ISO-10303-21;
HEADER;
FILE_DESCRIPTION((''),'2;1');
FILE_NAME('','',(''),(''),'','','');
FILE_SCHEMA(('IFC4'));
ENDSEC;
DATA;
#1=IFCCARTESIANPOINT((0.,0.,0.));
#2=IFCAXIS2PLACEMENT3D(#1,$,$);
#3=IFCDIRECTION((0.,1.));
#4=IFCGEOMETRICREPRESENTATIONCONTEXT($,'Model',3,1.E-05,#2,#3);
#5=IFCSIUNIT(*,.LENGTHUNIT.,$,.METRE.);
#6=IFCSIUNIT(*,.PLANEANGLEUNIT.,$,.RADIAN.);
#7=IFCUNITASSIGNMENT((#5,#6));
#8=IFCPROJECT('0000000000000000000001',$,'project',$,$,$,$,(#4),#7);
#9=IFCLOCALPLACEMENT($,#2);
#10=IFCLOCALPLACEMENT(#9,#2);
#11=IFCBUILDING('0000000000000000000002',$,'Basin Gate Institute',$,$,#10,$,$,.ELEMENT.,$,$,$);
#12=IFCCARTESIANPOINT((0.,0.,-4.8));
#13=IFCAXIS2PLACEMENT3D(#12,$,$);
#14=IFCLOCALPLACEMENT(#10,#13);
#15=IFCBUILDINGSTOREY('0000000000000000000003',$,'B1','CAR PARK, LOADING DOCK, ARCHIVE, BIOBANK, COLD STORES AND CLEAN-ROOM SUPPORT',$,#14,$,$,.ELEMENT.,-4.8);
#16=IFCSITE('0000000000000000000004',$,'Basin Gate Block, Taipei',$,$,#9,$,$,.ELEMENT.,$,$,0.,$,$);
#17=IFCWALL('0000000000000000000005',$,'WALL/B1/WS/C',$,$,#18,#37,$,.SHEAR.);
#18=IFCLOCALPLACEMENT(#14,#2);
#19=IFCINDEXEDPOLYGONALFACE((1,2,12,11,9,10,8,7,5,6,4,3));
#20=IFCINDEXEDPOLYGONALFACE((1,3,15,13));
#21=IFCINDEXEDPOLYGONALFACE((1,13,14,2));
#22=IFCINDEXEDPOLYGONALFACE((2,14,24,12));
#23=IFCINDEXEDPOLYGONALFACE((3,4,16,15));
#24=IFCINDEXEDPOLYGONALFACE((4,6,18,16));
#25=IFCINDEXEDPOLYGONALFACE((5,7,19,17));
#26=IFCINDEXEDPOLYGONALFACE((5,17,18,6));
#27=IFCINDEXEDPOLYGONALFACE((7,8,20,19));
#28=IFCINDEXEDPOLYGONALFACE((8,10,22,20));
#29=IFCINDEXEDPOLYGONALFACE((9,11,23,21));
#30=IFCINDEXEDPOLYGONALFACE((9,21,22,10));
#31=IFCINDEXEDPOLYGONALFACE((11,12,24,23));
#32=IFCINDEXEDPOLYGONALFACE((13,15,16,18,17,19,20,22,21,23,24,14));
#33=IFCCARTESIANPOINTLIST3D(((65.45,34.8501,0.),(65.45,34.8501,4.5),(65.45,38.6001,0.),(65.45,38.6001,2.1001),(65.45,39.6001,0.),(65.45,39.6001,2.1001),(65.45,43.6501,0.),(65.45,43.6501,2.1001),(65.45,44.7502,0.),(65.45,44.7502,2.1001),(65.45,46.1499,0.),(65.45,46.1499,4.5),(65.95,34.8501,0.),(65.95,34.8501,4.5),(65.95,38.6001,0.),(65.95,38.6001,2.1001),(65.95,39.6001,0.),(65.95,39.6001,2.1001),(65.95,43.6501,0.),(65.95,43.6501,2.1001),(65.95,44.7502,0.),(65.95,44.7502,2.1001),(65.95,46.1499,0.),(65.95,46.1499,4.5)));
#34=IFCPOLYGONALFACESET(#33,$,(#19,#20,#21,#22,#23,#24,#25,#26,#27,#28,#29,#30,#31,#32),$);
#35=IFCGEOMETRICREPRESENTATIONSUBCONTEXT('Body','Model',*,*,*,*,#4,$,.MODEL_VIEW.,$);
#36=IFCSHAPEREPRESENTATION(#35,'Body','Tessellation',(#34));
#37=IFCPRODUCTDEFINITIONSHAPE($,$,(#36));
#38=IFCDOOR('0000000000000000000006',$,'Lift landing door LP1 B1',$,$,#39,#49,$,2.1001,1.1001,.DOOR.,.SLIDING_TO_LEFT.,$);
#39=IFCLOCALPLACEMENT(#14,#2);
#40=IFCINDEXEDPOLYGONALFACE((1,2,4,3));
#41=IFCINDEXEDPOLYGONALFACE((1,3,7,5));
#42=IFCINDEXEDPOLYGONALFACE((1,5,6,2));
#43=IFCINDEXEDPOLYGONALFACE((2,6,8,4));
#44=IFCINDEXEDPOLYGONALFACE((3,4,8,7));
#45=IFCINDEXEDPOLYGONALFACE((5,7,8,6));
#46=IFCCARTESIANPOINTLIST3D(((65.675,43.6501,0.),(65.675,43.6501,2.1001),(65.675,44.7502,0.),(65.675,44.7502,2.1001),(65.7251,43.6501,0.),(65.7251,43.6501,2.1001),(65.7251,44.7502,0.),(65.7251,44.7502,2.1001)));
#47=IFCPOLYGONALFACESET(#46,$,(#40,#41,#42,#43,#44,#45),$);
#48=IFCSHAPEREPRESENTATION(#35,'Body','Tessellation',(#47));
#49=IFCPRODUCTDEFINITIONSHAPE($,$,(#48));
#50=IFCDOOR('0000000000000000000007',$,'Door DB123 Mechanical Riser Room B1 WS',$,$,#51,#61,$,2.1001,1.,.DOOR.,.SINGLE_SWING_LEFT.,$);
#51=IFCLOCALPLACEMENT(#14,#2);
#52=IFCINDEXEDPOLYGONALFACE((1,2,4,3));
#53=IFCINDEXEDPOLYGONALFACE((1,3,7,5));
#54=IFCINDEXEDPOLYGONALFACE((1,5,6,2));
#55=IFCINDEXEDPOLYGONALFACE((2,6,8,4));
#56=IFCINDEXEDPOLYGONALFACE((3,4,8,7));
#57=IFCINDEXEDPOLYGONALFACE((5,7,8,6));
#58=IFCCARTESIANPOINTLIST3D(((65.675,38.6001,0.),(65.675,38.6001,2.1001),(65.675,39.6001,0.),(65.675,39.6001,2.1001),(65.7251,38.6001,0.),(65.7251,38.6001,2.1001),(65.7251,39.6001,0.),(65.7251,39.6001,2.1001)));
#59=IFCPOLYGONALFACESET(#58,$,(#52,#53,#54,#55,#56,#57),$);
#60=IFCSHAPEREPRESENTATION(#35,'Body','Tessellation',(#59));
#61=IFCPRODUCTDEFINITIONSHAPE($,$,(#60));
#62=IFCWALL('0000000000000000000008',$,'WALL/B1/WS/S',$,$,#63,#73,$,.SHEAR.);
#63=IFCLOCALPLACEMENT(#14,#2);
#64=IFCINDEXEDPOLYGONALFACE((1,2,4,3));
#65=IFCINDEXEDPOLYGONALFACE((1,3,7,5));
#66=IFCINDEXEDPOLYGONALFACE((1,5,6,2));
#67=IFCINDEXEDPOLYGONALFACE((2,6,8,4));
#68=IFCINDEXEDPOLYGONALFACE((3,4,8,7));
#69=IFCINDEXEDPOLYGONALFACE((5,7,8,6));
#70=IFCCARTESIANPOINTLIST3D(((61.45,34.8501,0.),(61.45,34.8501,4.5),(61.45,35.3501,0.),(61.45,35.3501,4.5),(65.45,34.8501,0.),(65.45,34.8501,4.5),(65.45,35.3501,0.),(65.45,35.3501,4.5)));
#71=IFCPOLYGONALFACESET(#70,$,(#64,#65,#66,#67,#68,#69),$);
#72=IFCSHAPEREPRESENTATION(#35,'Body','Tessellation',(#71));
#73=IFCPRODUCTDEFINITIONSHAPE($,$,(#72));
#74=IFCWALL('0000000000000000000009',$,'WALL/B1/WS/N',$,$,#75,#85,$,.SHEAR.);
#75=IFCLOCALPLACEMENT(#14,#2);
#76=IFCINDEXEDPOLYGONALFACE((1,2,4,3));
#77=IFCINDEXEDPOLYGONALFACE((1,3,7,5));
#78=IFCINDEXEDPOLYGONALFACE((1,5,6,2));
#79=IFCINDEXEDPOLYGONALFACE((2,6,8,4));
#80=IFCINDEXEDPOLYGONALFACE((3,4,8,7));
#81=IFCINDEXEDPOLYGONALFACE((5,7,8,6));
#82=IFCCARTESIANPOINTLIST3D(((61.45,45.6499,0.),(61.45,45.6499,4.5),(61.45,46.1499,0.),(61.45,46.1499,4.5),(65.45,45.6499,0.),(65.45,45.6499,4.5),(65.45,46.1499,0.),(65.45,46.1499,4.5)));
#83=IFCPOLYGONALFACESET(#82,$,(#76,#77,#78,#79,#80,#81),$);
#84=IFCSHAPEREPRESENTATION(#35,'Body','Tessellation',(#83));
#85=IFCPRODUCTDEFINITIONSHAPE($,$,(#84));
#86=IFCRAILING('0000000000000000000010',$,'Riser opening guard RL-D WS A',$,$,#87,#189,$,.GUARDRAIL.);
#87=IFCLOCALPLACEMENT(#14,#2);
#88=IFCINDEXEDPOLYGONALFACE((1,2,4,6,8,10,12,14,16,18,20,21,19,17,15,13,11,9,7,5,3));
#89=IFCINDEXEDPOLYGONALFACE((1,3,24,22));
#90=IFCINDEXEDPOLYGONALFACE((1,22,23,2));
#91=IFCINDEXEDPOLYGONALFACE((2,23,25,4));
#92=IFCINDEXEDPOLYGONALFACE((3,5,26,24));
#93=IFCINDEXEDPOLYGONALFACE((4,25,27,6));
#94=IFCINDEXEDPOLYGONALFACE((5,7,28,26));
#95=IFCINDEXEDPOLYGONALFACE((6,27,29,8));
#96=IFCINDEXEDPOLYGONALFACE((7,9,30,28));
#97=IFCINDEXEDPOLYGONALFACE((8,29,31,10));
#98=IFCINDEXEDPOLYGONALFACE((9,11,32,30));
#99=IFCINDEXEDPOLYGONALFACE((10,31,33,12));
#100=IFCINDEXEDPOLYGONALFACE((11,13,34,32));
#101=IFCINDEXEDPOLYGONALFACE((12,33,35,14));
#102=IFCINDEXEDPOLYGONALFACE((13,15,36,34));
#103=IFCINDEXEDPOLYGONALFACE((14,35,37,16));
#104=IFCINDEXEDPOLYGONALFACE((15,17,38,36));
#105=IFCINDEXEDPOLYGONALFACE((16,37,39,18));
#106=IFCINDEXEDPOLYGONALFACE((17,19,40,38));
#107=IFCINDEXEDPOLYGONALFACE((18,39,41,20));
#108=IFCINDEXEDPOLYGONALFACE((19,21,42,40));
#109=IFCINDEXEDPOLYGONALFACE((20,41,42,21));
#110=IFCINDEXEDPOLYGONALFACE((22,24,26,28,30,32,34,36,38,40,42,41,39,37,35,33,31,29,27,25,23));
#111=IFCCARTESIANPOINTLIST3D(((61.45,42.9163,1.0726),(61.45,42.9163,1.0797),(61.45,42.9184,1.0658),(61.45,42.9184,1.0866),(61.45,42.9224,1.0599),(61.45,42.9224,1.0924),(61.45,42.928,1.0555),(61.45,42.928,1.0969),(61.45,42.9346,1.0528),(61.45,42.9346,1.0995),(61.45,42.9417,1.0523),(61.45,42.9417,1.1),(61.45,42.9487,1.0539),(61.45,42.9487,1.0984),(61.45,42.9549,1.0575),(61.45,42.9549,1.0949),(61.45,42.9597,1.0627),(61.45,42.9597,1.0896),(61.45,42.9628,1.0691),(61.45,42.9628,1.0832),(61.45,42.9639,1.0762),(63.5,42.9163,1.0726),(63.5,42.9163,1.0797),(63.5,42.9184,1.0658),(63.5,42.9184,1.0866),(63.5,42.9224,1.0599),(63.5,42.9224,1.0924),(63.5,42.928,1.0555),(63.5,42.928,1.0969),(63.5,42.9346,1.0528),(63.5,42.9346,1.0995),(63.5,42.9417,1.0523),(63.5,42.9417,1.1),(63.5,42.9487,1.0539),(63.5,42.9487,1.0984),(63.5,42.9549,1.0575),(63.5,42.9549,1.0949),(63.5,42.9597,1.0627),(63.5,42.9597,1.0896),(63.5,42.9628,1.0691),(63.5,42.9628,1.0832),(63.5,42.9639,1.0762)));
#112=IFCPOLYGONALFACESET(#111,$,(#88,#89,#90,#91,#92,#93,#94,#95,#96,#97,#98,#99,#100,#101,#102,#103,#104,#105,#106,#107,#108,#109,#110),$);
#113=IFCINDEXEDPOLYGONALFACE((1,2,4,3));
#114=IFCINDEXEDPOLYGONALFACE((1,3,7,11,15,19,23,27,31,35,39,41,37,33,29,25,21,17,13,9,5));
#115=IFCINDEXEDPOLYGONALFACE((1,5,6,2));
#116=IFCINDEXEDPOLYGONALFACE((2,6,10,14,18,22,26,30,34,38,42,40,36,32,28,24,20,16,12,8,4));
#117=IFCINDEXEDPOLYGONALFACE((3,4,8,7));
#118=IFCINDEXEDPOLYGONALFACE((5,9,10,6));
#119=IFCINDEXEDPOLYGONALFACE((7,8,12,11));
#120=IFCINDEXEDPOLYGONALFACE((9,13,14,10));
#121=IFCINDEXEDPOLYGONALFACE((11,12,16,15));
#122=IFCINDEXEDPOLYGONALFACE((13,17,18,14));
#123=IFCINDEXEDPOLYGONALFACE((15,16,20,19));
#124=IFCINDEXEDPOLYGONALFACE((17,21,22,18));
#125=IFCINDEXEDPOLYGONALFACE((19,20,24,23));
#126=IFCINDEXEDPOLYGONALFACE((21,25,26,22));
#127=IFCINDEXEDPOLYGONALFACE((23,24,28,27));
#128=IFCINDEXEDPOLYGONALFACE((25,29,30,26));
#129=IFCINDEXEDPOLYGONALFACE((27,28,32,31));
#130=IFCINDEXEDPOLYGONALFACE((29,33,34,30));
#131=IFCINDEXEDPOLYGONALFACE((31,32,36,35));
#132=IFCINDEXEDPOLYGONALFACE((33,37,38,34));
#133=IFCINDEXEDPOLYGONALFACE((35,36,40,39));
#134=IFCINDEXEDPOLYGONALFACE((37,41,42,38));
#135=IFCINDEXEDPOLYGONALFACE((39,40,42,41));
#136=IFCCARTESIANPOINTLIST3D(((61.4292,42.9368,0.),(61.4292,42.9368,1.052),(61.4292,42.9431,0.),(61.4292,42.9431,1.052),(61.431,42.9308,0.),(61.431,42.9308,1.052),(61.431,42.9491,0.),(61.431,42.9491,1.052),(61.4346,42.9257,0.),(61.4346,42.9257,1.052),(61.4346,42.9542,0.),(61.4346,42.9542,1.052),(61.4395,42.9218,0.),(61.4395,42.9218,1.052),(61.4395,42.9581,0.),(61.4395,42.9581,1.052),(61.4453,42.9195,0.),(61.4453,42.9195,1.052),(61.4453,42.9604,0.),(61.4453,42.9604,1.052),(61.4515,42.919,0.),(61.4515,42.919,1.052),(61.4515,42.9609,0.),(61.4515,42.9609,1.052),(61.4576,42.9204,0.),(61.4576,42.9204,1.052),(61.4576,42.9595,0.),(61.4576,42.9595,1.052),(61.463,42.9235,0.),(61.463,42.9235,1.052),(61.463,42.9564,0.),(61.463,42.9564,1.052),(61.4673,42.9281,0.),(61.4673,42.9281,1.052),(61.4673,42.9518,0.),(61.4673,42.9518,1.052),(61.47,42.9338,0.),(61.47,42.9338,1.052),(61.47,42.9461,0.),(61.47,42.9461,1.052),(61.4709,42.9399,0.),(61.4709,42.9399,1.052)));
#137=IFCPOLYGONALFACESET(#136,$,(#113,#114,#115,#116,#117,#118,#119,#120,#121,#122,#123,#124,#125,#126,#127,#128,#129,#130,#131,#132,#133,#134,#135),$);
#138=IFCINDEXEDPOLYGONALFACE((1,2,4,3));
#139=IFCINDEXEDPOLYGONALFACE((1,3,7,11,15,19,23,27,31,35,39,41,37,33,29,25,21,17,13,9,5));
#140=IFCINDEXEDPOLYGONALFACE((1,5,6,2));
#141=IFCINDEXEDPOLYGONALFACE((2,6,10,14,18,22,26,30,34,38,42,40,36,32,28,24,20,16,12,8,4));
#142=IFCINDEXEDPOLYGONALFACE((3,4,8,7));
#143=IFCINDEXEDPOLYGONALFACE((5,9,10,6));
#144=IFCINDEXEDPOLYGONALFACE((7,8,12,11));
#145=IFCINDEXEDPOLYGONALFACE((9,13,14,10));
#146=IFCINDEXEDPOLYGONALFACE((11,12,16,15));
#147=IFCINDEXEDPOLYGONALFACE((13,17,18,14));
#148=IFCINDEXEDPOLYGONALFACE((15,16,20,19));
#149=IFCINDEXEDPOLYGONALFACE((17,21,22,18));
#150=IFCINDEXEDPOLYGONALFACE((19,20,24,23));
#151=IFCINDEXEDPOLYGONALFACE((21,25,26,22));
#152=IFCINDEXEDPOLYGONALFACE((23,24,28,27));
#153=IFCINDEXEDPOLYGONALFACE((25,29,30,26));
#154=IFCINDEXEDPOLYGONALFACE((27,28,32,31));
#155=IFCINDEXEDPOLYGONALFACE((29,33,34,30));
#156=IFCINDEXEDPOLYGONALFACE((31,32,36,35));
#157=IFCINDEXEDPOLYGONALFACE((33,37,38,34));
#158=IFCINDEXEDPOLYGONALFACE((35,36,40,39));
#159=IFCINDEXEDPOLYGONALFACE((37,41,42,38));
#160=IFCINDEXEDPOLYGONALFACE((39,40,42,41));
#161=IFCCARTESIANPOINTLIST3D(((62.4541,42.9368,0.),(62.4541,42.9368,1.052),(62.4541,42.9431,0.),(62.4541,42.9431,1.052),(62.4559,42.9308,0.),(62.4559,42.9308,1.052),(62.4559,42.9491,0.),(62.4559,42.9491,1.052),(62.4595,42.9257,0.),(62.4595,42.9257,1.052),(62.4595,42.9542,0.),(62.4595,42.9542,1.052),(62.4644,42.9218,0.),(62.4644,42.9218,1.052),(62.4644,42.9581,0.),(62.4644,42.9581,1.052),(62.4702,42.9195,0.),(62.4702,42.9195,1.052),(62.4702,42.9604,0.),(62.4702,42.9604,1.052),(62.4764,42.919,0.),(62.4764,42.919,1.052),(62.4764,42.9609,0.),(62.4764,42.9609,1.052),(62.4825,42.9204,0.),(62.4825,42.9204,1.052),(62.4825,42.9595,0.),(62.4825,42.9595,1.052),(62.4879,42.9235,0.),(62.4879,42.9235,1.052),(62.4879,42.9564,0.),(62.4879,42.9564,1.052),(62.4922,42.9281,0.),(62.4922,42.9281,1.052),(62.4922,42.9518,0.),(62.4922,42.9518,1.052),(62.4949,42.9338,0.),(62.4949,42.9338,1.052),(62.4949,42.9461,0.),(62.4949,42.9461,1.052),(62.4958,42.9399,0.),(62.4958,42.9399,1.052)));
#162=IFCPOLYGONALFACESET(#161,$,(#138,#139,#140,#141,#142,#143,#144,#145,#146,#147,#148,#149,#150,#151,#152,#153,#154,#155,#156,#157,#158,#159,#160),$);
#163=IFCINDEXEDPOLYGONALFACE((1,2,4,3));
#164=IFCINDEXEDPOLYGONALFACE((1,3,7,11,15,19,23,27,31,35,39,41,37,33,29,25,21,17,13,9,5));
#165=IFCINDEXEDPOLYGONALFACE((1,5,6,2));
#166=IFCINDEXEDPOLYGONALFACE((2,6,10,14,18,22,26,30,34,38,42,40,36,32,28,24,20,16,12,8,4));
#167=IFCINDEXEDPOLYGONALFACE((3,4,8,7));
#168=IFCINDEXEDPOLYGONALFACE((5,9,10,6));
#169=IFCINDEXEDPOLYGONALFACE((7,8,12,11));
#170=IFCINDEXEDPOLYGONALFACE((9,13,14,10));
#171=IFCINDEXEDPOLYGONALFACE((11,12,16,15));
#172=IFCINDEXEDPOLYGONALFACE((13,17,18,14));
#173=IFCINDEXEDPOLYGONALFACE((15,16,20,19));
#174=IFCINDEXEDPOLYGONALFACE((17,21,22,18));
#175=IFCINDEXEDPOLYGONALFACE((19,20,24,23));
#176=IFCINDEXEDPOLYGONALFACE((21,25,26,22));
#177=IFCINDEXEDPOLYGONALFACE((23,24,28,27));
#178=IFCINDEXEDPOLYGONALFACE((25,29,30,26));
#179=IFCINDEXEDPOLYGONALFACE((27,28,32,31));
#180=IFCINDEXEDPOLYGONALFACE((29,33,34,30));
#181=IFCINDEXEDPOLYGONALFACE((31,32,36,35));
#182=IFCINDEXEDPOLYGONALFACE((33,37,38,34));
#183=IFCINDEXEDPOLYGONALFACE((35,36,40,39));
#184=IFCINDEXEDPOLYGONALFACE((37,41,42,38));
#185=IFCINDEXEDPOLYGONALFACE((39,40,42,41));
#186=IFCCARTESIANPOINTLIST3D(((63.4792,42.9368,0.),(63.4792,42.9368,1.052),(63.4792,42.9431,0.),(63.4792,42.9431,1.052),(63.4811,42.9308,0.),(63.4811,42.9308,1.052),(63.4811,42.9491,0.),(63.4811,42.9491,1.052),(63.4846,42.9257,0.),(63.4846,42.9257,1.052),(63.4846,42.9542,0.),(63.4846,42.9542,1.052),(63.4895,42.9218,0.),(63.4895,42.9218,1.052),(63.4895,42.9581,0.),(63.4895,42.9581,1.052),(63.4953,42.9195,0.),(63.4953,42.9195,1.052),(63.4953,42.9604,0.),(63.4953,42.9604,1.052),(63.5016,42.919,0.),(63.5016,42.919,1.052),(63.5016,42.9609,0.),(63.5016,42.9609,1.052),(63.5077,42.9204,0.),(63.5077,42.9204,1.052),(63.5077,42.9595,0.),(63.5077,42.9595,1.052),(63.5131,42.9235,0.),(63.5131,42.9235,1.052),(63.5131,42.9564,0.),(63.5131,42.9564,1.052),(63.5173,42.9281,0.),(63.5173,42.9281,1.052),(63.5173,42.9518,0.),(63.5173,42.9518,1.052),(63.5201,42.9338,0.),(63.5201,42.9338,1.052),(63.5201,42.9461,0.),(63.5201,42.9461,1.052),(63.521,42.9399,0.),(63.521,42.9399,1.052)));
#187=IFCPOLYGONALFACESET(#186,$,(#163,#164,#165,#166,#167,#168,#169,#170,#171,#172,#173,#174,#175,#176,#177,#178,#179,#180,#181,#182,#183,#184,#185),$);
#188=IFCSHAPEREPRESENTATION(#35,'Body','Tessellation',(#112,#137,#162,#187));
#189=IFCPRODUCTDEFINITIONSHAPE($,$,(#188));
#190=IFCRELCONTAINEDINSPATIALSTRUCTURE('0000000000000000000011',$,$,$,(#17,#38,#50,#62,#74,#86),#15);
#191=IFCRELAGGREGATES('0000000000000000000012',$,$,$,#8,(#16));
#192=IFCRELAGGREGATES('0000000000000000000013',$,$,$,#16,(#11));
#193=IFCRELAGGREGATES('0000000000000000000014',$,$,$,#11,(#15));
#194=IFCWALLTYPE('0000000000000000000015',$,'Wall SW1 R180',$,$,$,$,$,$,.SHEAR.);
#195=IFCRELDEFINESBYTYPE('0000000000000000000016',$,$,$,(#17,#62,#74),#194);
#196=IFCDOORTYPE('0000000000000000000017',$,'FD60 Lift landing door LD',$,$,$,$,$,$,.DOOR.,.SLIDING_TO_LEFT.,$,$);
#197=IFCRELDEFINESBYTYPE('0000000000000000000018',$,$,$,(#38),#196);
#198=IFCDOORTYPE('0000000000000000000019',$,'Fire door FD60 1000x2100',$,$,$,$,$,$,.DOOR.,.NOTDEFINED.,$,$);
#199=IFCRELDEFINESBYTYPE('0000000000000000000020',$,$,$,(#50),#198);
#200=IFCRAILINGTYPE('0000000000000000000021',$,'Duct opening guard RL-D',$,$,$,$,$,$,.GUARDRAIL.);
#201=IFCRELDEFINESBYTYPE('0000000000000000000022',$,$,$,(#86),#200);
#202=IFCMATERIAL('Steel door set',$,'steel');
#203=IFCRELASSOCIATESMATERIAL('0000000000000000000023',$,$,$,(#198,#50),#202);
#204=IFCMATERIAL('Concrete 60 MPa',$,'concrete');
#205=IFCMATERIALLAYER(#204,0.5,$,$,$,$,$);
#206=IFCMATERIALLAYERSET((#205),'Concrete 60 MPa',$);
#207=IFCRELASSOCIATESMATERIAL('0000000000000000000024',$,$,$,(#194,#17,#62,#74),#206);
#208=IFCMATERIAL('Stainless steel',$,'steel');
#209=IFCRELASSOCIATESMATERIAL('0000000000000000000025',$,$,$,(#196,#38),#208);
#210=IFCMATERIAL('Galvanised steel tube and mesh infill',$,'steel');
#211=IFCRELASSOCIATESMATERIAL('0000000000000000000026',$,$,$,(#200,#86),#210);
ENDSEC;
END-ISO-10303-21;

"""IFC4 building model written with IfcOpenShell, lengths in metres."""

from ifc_helpers import new_model, si_unit, direction, frame, frame_2d, origin, origin_2d, place, context, subcontext, project, spatial, rectangle, circle, extrude, material, layer, layer_set, type_object, element, fill, save


model = new_model("IFC4")

# Units and contexts
model_context = context("Model", 3, precision=1e-05, world=origin(), true_north=direction((0.0, 1.0)))
body_context = subcontext(model_context, "Body", "Model", "MODEL_VIEW")
ifc_project = project(units=[si_unit("LENGTHUNIT", "METRE"), si_unit("PLANEANGLEUNIT", "RADIAN")], contexts=[model_context])

# Site, building, storey
site_placement = place(None, origin())
site = spatial("IfcSite", under=ifc_project, at=site_placement, Name="Basin Gate Block, Taipei", CompositionType="ELEMENT", RefElevation=0.0)
building_placement = place(site_placement, origin())
building = spatial("IfcBuilding", under=site, at=building_placement, Name="Basin Gate Institute", CompositionType="ELEMENT")
storey_placement = place(building_placement, frame((0.0, 0.0, -4.8)))
storey = spatial("IfcBuildingStorey", under=building, at=storey_placement, Name="B1", Description="CAR PARK, LOADING DOCK, ARCHIVE, BIOBANK, COLD STORES AND CLEAN-ROOM SUPPORT", CompositionType="ELEMENT", Elevation=-4.8)

# Shared definitions
ifc_material_1 = material(Name="Steel door set", Category="steel")
door_type_1 = type_object("IfcDoorType", Name="Fire door FD60 1000x2100", OperationType="NOTDEFINED", PredefinedType="DOOR", material=ifc_material_1)

# Shared definitions
ifc_material_2 = material(Name="Concrete 60 MPa", Category="concrete")
ifc_layer_1 = layer(ifc_material_2, 0.5)
ifc_layer_set_1 = layer_set([ifc_layer_1], Name="Concrete 60 MPa")
wall_type_1 = type_object("IfcWallType", Name="Wall SW1 R180", PredefinedType="SHEAR", material=ifc_layer_set_1)

# Wall, openings, doors
wall_1_placement = place(storey_placement, frame((65.7, 34.8501, 0.0), z_axis=(0.0, 0.0, 1.0), x_axis=(0.0, 1.0, 0.0)))
wall_1 = element("IfcWall", 1, at=wall_1_placement, inside=storey, type_object=wall_type_1, material=ifc_layer_set_1, Name="WALL/B1/WS/C", PredefinedType="SHEAR", context=body_context, shape_type="SweptSolid", body=[
    extrude(rectangle(XDim=11.2998, YDim=0.5, at=frame_2d((5.6499, 0.0))), origin(), (0.0, 0.0, 1.0), 4.5),
])
opening_1_placement = place(wall_1_placement, frame((8.8, 0.0, 0.0)))
opening_1 = element("IfcOpeningElement", 2, at=opening_1_placement, cuts=wall_1, PredefinedType="OPENING", context=body_context, shape_type="SweptSolid", body=[
    extrude(rectangle(XDim=1.1001, YDim=2.1001, at=frame_2d((0.55, 1.05))), frame((0.0, 0.26, 0.0), z_axis=(0.0, -1.0, 0.0), x_axis=(1.0, 0.0, 0.0)), (0.0, 0.0, 1.0), 0.52),
])
opening_2_placement = place(wall_1_placement, frame((3.75, 0.0, 0.0)))
opening_2 = element("IfcOpeningElement", 3, at=opening_2_placement, cuts=wall_1, PredefinedType="OPENING", context=body_context, shape_type="SweptSolid", body=[
    extrude(rectangle(XDim=1.0, YDim=2.1001, at=frame_2d((0.5, 1.05))), frame((0.0, 0.26, 0.0), z_axis=(0.0, -1.0, 0.0), x_axis=(1.0, 0.0, 0.0)), (0.0, 0.0, 1.0), 0.52),
])
ifc_material_3 = material(Name="Stainless steel", Category="steel")
door_type_2 = type_object("IfcDoorType", Name="FD60 Lift landing door LD", OperationType="SLIDING_TO_LEFT", PredefinedType="DOOR", material=ifc_material_3)
door_1_placement = place(opening_1_placement, origin())
door_1 = element("IfcDoor", 4, at=door_1_placement, inside=storey, type_object=door_type_2, material=ifc_material_3, Name="Lift landing door LP1 B1", OperationType="SLIDING_TO_LEFT", OverallHeight=2.1001, OverallWidth=1.1001, PredefinedType="DOOR", context=body_context, shape_type="SweptSolid", body=[
    extrude(rectangle(XDim=1.1001, YDim=2.1001, at=frame_2d((0.55, 1.05))), frame((0.0, 0.0249, 0.0), z_axis=(0.0, -1.0, 0.0), x_axis=(1.0, 0.0, 0.0)), (0.0, 0.0, 1.0), 0.05),
])
fill(opening_1, door_1)
door_2_placement = place(opening_2_placement, origin())
door_2 = element("IfcDoor", 5, at=door_2_placement, inside=storey, type_object=door_type_1, material=ifc_material_1, Name="Door DB123 Mechanical Riser Room B1 WS", OperationType="SINGLE_SWING_LEFT", OverallHeight=2.1001, OverallWidth=1.0, PredefinedType="DOOR", context=body_context, shape_type="SweptSolid", body=[
    extrude(rectangle(XDim=1.0, YDim=2.1001, at=frame_2d((0.5, 1.05))), frame((0.0, 0.0249, 0.0), z_axis=(0.0, -1.0, 0.0), x_axis=(1.0, 0.0, 0.0)), (0.0, 0.0, 1.0), 0.05),
])
fill(opening_2, door_2)

# Walls
for number, where, z_axis, x_axis, name in (
    (6, (61.45, 35.1001, 0.0), (0.0, 0.0, 1.0), (1.0, 0.0, 0.0), "WALL/B1/WS/S"),
    (7, (61.45, 45.8999, 0.0), (0.0, 0.0, 1.0), (1.0, 0.0, 0.0), "WALL/B1/WS/N"),
):
    element("IfcWall", number, at=place(storey_placement, frame(where, z_axis=z_axis, x_axis=x_axis)), inside=storey, type_object=wall_type_1, material=ifc_layer_set_1, Name=name, PredefinedType="SHEAR", context=body_context, shape_type="SweptSolid", body=[
        extrude(rectangle(XDim=4.0, YDim=0.5, at=frame_2d((2.0, 0.0))), origin(), (0.0, 0.0, 1.0), 4.5),
    ])

# Railing
ifc_material_4 = material(Name="Galvanised steel tube and mesh infill", Category="steel")
railing_type = type_object("IfcRailingType", Name="Duct opening guard RL-D", PredefinedType="GUARDRAIL", material=ifc_material_4)
railing_placement = place(storey_placement, frame((61.45, 42.9399, 0.0)))
element("IfcRailing", 8, at=railing_placement, inside=storey, type_object=railing_type, material=ifc_material_4, Name="Riser opening guard RL-D WS A", PredefinedType="GUARDRAIL", context=body_context, shape_type="SweptSolid", body=[
    extrude(circle(Radius=0.0239, at=origin_2d()), frame((0.0, 0.0, 1.0762), z_axis=(1.0, 0.0, 0.0), x_axis=(0.0, 1.0, 0.0)), (0.0, 0.0, 1.0), 2.05),
    extrude(circle(Radius=0.021, at=origin_2d()), origin(), (0.0, 0.0, 1.0), 1.052),
    extrude(circle(Radius=0.021, at=origin_2d()), frame((1.0249, 0.0, 0.0)), (0.0, 0.0, 1.0), 1.052),
    extrude(circle(Radius=0.021, at=origin_2d()), frame((2.05, 0.0, 0.0)), (0.0, 0.0, 1.0), 1.052),
])

save(model, "model.ifc")
